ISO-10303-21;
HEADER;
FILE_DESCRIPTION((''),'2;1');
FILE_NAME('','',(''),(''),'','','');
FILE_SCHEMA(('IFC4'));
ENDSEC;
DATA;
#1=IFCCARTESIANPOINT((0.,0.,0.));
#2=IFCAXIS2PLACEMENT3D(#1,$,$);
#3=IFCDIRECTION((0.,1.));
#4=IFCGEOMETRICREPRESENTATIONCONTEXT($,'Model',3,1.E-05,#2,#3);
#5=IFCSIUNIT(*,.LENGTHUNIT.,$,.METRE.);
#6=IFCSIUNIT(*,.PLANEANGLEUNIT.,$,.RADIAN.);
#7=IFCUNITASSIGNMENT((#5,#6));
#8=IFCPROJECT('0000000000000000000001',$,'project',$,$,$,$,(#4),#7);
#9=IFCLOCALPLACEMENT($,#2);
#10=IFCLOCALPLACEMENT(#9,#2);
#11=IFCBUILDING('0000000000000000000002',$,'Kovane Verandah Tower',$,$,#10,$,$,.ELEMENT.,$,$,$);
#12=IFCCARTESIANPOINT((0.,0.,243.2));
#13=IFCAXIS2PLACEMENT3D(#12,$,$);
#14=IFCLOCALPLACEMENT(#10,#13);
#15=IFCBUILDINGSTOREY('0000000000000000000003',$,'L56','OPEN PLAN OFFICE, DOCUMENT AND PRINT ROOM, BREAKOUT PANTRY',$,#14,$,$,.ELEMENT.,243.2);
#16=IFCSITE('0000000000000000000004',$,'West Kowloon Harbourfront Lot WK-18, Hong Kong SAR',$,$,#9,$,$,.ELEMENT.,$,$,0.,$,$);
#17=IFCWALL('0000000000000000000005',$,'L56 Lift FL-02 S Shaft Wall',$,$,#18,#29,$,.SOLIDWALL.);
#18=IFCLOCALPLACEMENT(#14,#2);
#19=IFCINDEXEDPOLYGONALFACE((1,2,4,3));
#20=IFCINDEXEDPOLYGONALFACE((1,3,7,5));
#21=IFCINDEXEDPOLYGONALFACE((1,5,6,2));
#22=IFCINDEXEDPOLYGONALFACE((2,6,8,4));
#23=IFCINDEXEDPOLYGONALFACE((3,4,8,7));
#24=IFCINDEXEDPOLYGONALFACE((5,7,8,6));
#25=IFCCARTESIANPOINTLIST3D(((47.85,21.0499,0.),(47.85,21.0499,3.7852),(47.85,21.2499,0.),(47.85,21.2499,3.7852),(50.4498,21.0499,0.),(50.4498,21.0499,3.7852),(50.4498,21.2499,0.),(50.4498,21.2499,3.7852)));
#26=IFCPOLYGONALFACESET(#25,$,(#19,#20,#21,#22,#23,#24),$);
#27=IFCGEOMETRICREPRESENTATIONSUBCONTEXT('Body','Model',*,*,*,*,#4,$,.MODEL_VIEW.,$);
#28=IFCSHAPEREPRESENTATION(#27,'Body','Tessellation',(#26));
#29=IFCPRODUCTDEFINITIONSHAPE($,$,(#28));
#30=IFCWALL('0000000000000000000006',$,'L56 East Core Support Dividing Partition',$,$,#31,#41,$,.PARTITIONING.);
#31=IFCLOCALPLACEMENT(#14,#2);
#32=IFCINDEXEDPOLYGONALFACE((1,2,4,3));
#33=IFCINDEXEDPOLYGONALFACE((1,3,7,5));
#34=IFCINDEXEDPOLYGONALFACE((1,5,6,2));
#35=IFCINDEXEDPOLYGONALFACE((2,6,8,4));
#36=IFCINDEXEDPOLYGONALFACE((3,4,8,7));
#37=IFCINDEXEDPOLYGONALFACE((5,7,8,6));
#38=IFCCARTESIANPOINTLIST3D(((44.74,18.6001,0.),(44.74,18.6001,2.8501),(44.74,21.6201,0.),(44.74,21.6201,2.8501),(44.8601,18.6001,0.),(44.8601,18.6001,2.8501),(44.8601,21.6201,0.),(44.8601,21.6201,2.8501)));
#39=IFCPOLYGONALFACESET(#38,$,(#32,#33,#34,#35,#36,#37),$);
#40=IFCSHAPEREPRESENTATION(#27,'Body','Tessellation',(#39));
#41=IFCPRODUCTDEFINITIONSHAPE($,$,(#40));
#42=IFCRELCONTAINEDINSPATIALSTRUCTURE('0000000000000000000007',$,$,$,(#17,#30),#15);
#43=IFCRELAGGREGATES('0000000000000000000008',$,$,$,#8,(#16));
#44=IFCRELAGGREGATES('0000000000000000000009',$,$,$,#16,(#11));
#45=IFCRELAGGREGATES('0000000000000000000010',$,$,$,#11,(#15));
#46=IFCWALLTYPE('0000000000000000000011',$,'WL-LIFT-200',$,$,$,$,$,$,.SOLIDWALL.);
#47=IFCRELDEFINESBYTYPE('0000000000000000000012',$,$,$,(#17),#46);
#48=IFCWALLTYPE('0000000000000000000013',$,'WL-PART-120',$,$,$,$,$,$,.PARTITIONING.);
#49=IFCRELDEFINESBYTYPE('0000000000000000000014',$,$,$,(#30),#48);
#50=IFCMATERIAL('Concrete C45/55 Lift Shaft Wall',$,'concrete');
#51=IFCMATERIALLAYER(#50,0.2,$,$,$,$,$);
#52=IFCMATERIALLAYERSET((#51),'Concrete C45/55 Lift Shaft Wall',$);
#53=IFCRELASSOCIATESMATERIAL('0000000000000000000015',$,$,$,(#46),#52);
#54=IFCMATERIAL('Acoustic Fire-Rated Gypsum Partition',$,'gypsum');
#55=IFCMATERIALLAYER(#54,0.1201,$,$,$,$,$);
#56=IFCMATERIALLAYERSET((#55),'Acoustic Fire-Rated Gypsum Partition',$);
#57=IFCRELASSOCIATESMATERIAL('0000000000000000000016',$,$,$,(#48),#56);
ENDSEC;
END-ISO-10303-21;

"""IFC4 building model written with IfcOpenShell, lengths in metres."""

from ifc_helpers import new_model, si_unit, direction, frame, frame_2d, origin, place, context, subcontext, project, spatial, rectangle, extrude, material, layer, layer_set, type_object, element, save


model = new_model("IFC4")

# Units and contexts
model_context = context("Model", 3, precision=1e-05, world=origin(), true_north=direction((0.0, 1.0)))
body_context = subcontext(model_context, "Body", "Model", "MODEL_VIEW")
ifc_project = project(units=[si_unit("LENGTHUNIT", "METRE"), si_unit("PLANEANGLEUNIT", "RADIAN")], contexts=[model_context])

# Site, building, storey
site_placement = place(None, origin())
site = spatial("IfcSite", under=ifc_project, at=site_placement, Name="West Kowloon Harbourfront Lot WK-18, Hong Kong SAR", CompositionType="ELEMENT", RefElevation=0.0)
building_placement = place(site_placement, origin())
building = spatial("IfcBuilding", under=site, at=building_placement, Name="Kovane Verandah Tower", CompositionType="ELEMENT")
storey_placement = place(building_placement, frame((0.0, 0.0, 243.2)))
storey = spatial("IfcBuildingStorey", under=building, at=storey_placement, Name="L56", Description="OPEN PLAN OFFICE, DOCUMENT AND PRINT ROOM, BREAKOUT PANTRY", CompositionType="ELEMENT", Elevation=243.2)

# Walls
ifc_material_1 = material(Name="Concrete C45/55 Lift Shaft Wall", Category="concrete")
ifc_layer_1 = layer(ifc_material_1, 0.2)
ifc_layer_set_1 = layer_set([ifc_layer_1], Name="Concrete C45/55 Lift Shaft Wall")
wall_type_1 = type_object("IfcWallType", Name="WL-LIFT-200", PredefinedType="SOLIDWALL", material=ifc_layer_set_1)
wall_1_placement = place(storey_placement, frame((47.8501, 21.1499, 0.0), z_axis=(0.0, 0.0, 1.0), x_axis=(1.0, 0.0, 0.0)))
element("IfcWall", 1, at=wall_1_placement, inside=storey, type_object=wall_type_1, Name="L56 Lift FL-02 S Shaft Wall", PredefinedType="SOLIDWALL", context=body_context, shape_type="SweptSolid", body=[
    extrude(rectangle(XDim=2.5999, YDim=0.2, at=frame_2d((1.2998, 0.0))), origin(), (0.0, 0.0, 1.0), 3.7852),
])
ifc_material_2 = material(Name="Acoustic Fire-Rated Gypsum Partition", Category="gypsum")
ifc_layer_2 = layer(ifc_material_2, 0.1201)
ifc_layer_set_2 = layer_set([ifc_layer_2], Name="Acoustic Fire-Rated Gypsum Partition")
wall_type_2 = type_object("IfcWallType", Name="WL-PART-120", PredefinedType="PARTITIONING", material=ifc_layer_set_2)
wall_2_placement = place(storey_placement, frame((44.8, 18.6001, 0.0), z_axis=(0.0, 0.0, 1.0), x_axis=(0.0, 1.0, 0.0)))
element("IfcWall", 2, at=wall_2_placement, inside=storey, type_object=wall_type_2, Name="L56 East Core Support Dividing Partition", PredefinedType="PARTITIONING", context=body_context, shape_type="SweptSolid", body=[
    extrude(rectangle(XDim=3.02, YDim=0.1201, at=frame_2d((1.51, 0.0))), origin(), (0.0, 0.0, 1.0), 2.8501),
])

save(model, "model.ifc")
